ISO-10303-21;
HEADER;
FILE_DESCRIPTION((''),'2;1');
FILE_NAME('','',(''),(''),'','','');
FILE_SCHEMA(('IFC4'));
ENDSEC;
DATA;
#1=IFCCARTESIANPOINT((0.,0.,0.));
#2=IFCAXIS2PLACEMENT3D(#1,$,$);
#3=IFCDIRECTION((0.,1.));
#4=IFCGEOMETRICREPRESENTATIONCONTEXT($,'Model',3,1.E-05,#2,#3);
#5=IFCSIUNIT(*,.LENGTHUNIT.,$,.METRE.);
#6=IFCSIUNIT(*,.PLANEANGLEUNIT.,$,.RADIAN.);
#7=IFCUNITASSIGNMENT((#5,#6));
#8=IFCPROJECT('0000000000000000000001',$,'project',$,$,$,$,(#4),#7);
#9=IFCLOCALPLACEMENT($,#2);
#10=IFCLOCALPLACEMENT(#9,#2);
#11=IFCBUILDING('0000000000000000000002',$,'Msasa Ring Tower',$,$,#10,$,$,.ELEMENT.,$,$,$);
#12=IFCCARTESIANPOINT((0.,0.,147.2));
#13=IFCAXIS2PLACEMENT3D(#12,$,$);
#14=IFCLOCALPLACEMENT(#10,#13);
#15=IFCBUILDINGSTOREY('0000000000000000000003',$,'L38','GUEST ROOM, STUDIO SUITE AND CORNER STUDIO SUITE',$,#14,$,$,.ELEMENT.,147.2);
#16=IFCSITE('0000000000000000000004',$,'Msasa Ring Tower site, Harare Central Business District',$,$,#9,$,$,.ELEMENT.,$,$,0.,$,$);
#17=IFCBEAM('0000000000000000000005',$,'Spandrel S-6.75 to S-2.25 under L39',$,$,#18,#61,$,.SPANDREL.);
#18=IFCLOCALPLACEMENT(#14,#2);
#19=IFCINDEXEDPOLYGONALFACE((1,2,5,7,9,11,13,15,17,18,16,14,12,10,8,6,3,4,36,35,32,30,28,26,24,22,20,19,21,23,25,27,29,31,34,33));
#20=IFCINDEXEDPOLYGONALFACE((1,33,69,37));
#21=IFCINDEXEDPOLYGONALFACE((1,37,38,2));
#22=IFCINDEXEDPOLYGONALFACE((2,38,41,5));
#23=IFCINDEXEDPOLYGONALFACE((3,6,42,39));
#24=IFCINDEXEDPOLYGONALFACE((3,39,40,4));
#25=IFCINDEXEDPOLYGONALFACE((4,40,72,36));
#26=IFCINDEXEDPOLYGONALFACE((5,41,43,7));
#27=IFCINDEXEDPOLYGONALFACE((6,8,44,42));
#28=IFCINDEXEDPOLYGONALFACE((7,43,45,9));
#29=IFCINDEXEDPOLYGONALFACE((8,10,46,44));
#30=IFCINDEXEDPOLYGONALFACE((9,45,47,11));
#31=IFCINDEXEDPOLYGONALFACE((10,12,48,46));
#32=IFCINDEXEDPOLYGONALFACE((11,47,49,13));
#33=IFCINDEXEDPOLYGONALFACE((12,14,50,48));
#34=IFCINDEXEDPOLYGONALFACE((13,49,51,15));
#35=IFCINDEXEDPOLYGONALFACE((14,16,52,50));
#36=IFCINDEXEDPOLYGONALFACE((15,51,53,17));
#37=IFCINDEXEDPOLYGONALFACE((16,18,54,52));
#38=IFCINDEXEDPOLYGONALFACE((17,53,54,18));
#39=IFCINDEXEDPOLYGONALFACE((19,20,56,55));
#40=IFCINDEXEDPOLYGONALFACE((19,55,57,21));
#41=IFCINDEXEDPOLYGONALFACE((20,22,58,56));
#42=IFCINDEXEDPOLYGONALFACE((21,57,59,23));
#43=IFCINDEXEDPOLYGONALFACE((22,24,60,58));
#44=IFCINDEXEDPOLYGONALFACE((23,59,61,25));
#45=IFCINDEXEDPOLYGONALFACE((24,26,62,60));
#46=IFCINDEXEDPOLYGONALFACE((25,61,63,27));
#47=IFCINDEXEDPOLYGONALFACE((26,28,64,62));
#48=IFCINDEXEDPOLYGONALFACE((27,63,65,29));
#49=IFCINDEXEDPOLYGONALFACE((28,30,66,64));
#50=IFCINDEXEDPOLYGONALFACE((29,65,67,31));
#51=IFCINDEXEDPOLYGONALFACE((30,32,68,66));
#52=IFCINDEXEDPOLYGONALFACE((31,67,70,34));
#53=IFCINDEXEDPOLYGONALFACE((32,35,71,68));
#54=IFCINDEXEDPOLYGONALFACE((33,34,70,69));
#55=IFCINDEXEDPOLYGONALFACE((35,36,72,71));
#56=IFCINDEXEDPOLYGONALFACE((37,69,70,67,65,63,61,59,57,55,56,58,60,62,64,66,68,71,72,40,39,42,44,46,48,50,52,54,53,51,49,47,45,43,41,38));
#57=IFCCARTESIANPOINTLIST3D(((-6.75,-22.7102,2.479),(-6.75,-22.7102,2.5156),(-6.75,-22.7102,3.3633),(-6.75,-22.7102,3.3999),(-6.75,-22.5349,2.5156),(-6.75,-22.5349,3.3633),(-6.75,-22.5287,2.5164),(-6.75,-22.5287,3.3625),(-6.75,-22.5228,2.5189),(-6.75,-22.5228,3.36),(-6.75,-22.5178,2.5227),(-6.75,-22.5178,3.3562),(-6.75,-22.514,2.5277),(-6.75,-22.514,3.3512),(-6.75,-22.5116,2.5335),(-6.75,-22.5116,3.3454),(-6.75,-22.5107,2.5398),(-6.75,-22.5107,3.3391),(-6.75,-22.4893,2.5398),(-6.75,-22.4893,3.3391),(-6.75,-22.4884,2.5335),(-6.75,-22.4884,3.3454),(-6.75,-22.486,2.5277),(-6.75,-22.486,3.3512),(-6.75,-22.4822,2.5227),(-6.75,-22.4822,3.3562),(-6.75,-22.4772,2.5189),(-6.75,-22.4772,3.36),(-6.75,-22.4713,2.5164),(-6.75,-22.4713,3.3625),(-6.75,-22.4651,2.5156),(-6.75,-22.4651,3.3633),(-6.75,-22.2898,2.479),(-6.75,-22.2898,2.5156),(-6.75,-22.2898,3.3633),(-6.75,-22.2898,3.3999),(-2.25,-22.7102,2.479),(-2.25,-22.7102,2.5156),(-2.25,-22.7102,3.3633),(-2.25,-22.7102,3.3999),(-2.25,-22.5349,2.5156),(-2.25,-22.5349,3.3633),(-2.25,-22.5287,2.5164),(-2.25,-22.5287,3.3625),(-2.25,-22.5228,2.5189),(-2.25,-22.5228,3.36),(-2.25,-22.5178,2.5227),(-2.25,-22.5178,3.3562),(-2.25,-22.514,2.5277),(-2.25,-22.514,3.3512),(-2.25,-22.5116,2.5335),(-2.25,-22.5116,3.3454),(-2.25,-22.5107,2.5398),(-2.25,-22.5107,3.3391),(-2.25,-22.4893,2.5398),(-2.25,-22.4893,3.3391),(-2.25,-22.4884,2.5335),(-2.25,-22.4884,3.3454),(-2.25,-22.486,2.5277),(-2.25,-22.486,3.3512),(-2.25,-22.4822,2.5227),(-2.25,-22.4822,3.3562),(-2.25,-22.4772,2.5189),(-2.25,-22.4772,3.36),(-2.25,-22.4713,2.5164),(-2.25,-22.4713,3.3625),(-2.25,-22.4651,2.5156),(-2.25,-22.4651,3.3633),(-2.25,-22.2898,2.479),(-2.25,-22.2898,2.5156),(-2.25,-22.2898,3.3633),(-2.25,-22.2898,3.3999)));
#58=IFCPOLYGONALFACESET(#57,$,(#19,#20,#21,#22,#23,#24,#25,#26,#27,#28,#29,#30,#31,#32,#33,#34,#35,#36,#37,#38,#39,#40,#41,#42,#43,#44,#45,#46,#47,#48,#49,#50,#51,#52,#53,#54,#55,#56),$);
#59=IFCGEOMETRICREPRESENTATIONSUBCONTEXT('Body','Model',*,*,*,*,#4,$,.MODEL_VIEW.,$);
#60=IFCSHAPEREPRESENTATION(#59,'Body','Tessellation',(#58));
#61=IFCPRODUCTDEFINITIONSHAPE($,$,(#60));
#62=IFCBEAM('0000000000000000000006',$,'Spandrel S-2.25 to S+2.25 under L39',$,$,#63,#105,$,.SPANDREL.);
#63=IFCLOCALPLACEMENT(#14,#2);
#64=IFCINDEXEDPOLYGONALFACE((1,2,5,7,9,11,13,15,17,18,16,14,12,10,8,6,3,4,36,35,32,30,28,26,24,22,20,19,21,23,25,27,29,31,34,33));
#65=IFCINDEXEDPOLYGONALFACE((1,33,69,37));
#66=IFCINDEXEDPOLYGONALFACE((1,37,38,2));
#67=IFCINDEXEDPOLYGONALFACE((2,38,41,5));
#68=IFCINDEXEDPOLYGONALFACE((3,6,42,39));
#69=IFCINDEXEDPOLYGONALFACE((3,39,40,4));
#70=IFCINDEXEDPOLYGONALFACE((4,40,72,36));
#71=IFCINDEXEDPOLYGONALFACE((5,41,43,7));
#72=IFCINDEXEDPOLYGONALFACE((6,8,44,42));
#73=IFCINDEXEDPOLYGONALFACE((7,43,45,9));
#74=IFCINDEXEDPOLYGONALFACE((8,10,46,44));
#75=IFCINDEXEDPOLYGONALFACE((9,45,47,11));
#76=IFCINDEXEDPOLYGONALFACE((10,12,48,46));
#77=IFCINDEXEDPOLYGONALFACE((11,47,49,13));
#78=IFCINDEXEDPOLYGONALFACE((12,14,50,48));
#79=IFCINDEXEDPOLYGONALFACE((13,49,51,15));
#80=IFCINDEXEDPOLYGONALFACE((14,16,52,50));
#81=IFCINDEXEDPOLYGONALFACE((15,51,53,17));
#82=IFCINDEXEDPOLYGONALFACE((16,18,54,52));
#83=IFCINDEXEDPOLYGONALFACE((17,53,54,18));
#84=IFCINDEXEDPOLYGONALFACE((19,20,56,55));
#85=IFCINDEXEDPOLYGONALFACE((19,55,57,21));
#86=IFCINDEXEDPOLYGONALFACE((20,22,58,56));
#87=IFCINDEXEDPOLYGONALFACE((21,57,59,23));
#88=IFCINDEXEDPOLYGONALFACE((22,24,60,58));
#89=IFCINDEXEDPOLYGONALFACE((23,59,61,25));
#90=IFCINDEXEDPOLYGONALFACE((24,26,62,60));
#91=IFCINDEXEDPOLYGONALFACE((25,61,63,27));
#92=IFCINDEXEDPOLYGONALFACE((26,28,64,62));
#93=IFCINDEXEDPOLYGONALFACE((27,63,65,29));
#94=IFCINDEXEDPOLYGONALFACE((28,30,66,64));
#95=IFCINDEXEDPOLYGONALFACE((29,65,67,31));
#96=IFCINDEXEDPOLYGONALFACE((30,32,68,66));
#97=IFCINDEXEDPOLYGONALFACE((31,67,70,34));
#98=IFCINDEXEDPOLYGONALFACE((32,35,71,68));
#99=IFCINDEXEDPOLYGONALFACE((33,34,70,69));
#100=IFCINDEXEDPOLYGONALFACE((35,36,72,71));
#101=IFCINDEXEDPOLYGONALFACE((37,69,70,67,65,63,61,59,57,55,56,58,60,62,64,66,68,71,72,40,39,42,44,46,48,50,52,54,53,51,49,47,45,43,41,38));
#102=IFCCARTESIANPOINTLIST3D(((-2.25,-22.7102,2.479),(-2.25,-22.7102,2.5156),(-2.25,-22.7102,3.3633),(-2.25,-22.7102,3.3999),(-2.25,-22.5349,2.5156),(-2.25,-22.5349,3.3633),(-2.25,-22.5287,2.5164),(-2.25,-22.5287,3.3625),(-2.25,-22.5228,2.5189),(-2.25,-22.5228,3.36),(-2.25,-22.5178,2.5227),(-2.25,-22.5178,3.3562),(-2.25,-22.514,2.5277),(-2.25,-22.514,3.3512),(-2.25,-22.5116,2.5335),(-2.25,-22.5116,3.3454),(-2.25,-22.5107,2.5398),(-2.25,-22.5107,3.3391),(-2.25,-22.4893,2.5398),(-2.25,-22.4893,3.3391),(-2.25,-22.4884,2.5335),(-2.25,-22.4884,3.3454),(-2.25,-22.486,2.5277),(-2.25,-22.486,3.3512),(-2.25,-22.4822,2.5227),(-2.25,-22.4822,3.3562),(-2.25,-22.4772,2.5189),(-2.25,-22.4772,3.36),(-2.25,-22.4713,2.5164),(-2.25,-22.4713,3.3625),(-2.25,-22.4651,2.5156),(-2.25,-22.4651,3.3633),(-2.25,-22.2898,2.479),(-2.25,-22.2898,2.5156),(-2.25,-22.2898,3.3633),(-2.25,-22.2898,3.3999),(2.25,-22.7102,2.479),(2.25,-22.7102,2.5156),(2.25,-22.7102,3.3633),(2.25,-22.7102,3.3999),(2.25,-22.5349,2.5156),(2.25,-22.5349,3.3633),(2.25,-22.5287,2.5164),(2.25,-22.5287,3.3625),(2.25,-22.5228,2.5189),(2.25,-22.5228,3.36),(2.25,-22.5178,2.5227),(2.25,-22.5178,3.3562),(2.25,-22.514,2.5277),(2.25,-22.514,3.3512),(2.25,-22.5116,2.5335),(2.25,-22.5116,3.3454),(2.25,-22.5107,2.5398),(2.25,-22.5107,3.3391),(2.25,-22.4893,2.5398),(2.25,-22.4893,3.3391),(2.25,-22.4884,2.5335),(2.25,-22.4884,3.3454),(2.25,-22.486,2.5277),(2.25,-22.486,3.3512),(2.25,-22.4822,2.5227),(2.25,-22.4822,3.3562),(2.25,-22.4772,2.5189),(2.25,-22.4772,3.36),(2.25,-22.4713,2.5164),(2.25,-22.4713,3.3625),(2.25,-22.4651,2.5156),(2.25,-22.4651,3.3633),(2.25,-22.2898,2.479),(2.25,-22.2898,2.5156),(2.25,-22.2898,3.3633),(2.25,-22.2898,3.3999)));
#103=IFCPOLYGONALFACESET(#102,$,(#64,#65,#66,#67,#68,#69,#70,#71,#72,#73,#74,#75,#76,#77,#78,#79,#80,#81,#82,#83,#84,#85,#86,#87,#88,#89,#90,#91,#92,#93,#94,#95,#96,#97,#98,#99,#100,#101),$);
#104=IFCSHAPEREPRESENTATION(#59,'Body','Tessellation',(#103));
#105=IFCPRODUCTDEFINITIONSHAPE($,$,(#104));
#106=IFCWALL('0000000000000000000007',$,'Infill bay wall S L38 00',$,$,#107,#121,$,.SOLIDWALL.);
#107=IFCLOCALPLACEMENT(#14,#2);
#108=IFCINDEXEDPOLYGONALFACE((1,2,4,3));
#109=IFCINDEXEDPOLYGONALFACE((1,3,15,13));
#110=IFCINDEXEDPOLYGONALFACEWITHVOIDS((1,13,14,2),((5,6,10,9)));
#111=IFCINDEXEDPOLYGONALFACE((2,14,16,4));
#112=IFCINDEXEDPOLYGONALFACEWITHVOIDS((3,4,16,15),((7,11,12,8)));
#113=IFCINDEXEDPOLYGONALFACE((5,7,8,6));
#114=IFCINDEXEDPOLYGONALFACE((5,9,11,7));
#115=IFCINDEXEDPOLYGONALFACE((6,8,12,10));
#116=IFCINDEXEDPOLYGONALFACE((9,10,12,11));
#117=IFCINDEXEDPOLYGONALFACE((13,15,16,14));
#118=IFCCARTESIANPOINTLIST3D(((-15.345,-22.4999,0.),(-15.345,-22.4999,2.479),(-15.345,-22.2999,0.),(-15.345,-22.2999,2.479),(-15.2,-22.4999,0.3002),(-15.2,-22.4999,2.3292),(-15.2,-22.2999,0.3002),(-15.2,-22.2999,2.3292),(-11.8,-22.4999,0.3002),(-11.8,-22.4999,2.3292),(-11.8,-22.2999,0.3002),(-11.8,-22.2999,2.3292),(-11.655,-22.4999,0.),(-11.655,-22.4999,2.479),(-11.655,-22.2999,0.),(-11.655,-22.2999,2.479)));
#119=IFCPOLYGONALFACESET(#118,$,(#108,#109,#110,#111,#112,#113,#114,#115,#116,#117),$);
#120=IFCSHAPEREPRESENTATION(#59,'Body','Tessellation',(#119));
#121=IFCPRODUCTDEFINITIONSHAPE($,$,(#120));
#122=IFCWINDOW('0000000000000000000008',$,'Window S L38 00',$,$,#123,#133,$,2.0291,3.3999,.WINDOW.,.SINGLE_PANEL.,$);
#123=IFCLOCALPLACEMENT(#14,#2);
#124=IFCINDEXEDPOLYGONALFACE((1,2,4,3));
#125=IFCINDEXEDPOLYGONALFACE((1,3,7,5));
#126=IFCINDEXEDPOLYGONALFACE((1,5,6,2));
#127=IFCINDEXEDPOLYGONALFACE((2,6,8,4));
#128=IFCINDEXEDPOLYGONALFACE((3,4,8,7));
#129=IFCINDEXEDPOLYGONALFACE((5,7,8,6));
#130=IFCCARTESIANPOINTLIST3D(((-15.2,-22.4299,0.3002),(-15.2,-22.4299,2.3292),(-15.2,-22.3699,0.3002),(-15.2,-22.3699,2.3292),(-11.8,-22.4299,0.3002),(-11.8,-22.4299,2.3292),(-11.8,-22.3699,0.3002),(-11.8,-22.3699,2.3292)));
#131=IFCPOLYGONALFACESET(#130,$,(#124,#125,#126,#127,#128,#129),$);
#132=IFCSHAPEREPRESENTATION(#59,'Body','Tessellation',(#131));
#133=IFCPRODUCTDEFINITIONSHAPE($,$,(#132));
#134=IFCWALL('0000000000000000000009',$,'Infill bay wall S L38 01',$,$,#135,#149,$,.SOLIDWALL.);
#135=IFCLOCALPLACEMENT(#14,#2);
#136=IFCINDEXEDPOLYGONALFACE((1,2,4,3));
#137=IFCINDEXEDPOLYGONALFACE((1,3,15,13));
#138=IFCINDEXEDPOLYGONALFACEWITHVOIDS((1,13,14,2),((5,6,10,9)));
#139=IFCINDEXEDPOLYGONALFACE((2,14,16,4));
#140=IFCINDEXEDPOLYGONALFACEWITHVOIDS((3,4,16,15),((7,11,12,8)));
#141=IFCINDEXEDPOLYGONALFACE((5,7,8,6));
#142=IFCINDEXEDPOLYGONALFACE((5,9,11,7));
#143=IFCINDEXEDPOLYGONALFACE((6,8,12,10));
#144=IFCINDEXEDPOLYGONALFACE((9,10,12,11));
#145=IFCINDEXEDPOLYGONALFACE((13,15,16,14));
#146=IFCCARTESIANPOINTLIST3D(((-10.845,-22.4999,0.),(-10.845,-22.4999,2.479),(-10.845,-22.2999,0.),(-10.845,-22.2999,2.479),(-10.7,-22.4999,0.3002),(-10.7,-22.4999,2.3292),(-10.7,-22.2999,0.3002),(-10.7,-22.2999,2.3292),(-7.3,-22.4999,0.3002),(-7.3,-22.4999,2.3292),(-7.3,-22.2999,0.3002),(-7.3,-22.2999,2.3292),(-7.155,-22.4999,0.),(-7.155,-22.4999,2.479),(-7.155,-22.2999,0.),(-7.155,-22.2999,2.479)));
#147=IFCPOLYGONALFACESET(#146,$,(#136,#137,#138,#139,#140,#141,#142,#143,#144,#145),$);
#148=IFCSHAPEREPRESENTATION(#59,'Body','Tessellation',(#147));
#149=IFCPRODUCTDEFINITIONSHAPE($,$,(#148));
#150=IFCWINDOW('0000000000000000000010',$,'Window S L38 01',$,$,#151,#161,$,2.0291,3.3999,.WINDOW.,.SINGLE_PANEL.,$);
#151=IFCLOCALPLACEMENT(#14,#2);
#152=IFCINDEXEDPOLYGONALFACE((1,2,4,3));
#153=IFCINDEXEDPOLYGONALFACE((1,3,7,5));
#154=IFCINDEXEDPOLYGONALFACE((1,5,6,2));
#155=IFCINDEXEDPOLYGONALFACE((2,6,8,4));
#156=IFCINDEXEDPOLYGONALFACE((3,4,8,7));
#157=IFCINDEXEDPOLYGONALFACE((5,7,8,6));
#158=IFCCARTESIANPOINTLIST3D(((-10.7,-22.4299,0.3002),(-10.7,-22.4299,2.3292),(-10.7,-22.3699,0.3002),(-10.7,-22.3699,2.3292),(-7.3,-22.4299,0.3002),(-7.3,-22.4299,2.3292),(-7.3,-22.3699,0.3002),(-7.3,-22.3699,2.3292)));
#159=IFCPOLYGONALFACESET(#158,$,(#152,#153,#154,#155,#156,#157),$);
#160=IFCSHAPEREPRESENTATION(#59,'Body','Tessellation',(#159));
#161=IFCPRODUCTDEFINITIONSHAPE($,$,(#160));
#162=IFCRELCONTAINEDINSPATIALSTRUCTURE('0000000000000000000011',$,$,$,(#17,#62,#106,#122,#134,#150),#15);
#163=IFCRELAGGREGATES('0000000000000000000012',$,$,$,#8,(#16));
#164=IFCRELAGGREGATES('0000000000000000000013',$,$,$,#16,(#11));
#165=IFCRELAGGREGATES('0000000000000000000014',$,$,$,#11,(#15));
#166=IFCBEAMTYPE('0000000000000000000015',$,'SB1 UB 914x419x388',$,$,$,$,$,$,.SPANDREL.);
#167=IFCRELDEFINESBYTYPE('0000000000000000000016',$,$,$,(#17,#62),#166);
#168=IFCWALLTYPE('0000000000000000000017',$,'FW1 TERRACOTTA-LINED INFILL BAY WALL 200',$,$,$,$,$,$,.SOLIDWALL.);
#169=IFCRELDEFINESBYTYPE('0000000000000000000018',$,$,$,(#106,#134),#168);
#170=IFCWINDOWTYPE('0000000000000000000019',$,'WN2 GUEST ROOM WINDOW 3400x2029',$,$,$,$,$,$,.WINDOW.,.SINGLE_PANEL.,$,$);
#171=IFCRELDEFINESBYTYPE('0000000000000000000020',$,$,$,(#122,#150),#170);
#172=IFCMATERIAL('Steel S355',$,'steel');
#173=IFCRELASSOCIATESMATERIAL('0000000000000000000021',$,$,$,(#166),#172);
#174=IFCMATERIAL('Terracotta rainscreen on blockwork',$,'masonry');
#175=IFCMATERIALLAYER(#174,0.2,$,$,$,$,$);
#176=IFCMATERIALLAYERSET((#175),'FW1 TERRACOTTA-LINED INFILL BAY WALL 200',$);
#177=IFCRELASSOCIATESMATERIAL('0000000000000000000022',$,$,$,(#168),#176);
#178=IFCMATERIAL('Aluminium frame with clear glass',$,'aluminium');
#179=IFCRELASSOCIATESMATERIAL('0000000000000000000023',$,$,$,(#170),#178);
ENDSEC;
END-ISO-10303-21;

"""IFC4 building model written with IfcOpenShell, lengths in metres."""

from ifc_helpers import new_model, si_unit, direction, frame, frame_2d, origin, origin_2d, place, context, subcontext, project, spatial, rectangle, i_section, extrude, material, layer, layer_set, material_profile, profile_set, type_object, element, fill, save


model = new_model("IFC4")

# Units and contexts
model_context = context("Model", 3, precision=1e-05, world=origin(), true_north=direction((0.0, 1.0)))
body_context = subcontext(model_context, "Body", "Model", "MODEL_VIEW")
ifc_project = project(units=[si_unit("LENGTHUNIT", "METRE"), si_unit("PLANEANGLEUNIT", "RADIAN")], contexts=[model_context])

# Site, building, storey
site_placement = place(None, origin())
site = spatial("IfcSite", under=ifc_project, at=site_placement, Name="Msasa Ring Tower site, Harare Central Business District", CompositionType="ELEMENT", RefElevation=0.0)
building_placement = place(site_placement, origin())
building = spatial("IfcBuilding", under=site, at=building_placement, Name="Msasa Ring Tower", CompositionType="ELEMENT")
storey_placement = place(building_placement, frame((0.0, 0.0, 147.2)))
storey = spatial("IfcBuildingStorey", under=building, at=storey_placement, Name="L38", Description="GUEST ROOM, STUDIO SUITE AND CORNER STUDIO SUITE", CompositionType="ELEMENT", Elevation=147.2)

# Beams
ifc_material_1 = material(Name="Steel S355", Category="steel")
ifc_material_profile_1 = material_profile(ifc_material_1, i_section(OverallWidth=0.4204, OverallDepth=0.9209, WebThickness=0.0215, FlangeThickness=0.0366, FilletRadius=0.0242, at=origin_2d()), Name="UB 914x419x388")
ifc_profile_set_1 = profile_set([ifc_material_profile_1], Name="Steel S355")
beam_type_1 = type_object("IfcBeamType", Name="SB1 UB 914x419x388", PredefinedType="SPANDREL", material=ifc_profile_set_1)
for number, where, z_axis, x_axis, name in (
    (1, (-6.75, -22.5, 2.9395), (1.0, 0.0, 0.0), (0.0, 1.0, 0.0), "Spandrel S-6.75 to S-2.25 under L39"),
    (2, (-2.25, -22.5, 2.9395), (1.0, 0.0, 0.0), (0.0, 1.0, 0.0), "Spandrel S-2.25 to S+2.25 under L39"),
):
    element("IfcBeam", number, at=place(storey_placement, frame(where, z_axis=z_axis, x_axis=x_axis)), inside=storey, type_object=beam_type_1, Name=name, PredefinedType="SPANDREL", context=body_context, shape_type="SweptSolid", body=[
        extrude(i_section(OverallWidth=0.4204, OverallDepth=0.9209, WebThickness=0.0215, FlangeThickness=0.0366, FilletRadius=0.0242, at=origin_2d()), origin(), (0.0, 0.0, 1.0), 4.5),
    ])

# Walls, openings, windows
ifc_material_2 = material(Name="Terracotta rainscreen on blockwork", Category="masonry")
ifc_layer_1 = layer(ifc_material_2, 0.2)
ifc_layer_set_1 = layer_set([ifc_layer_1], Name="FW1 TERRACOTTA-LINED INFILL BAY WALL 200")
wall_type_1 = type_object("IfcWallType", Name="FW1 TERRACOTTA-LINED INFILL BAY WALL 200", PredefinedType="SOLIDWALL", material=ifc_layer_set_1)
wall_1_placement = place(storey_placement, frame((-15.345, -22.3999, 0.0), z_axis=(0.0, 0.0, 1.0), x_axis=(1.0, 0.0, 0.0)))
wall_1 = element("IfcWall", 3, at=wall_1_placement, inside=storey, type_object=wall_type_1, Name="Infill bay wall S L38 00", PredefinedType="SOLIDWALL", context=body_context, shape_type="SweptSolid", body=[
    extrude(rectangle(XDim=3.6899, YDim=0.2, at=frame_2d((1.845, 0.0))), origin(), (0.0, 0.0, 1.0), 2.479),
])
opening_1_placement = place(wall_1_placement, frame((0.145, 0.0, 0.3)))
opening_1 = element("IfcOpeningElement", 4, at=opening_1_placement, cuts=wall_1, PredefinedType="OPENING", context=body_context, shape_type="SweptSolid", body=[
    extrude(rectangle(XDim=3.3999, YDim=2.0291, at=frame_2d((1.7, 1.0146))), frame((0.0, 0.1099, 0.0), z_axis=(0.0, -1.0, 0.0), x_axis=(1.0, 0.0, 0.0)), (0.0, 0.0, 1.0), 0.22),
])
ifc_material_3 = material(Name="Aluminium frame with clear glass", Category="aluminium")
window_type = type_object("IfcWindowType", Name="WN2 GUEST ROOM WINDOW 3400x2029", PartitioningType="SINGLE_PANEL", PredefinedType="WINDOW", material=ifc_material_3)
window_1_placement = place(opening_1_placement, origin())
window_1 = element("IfcWindow", 5, at=window_1_placement, inside=storey, type_object=window_type, Name="Window S L38 00", OverallHeight=2.0291, OverallWidth=3.3999, PartitioningType="SINGLE_PANEL", PredefinedType="WINDOW", context=body_context, shape_type="SweptSolid", body=[
    extrude(rectangle(XDim=3.3999, YDim=2.0291, at=frame_2d((1.7, 1.0146))), frame((0.0, 0.03, 0.0), z_axis=(0.0, -1.0, 0.0), x_axis=(1.0, 0.0, 0.0)), (0.0, 0.0, 1.0), 0.0601),
])
fill(opening_1, window_1)
wall_2_placement = place(storey_placement, frame((-10.845, -22.3999, 0.0), z_axis=(0.0, 0.0, 1.0), x_axis=(1.0, 0.0, 0.0)))
wall_2 = element("IfcWall", 6, at=wall_2_placement, inside=storey, type_object=wall_type_1, Name="Infill bay wall S L38 01", PredefinedType="SOLIDWALL", context=body_context, shape_type="SweptSolid", body=[
    extrude(rectangle(XDim=3.6899, YDim=0.2, at=frame_2d((1.845, 0.0))), origin(), (0.0, 0.0, 1.0), 2.479),
])
opening_2_placement = place(wall_2_placement, frame((0.145, 0.0, 0.3)))
opening_2 = element("IfcOpeningElement", 7, at=opening_2_placement, cuts=wall_2, PredefinedType="OPENING", context=body_context, shape_type="SweptSolid", body=[
    extrude(rectangle(XDim=3.3999, YDim=2.0291, at=frame_2d((1.7, 1.0146))), frame((0.0, 0.1099, 0.0), z_axis=(0.0, -1.0, 0.0), x_axis=(1.0, 0.0, 0.0)), (0.0, 0.0, 1.0), 0.22),
])
window_2_placement = place(opening_2_placement, origin())
window_2 = element("IfcWindow", 8, at=window_2_placement, inside=storey, type_object=window_type, Name="Window S L38 01", OverallHeight=2.0291, OverallWidth=3.3999, PartitioningType="SINGLE_PANEL", PredefinedType="WINDOW", context=body_context, shape_type="SweptSolid", body=[
    extrude(rectangle(XDim=3.3999, YDim=2.0291, at=frame_2d((1.7, 1.0146))), frame((0.0, 0.03, 0.0), z_axis=(0.0, -1.0, 0.0), x_axis=(1.0, 0.0, 0.0)), (0.0, 0.0, 1.0), 0.0601),
])
fill(opening_2, window_2)

save(model, "model.ifc")
